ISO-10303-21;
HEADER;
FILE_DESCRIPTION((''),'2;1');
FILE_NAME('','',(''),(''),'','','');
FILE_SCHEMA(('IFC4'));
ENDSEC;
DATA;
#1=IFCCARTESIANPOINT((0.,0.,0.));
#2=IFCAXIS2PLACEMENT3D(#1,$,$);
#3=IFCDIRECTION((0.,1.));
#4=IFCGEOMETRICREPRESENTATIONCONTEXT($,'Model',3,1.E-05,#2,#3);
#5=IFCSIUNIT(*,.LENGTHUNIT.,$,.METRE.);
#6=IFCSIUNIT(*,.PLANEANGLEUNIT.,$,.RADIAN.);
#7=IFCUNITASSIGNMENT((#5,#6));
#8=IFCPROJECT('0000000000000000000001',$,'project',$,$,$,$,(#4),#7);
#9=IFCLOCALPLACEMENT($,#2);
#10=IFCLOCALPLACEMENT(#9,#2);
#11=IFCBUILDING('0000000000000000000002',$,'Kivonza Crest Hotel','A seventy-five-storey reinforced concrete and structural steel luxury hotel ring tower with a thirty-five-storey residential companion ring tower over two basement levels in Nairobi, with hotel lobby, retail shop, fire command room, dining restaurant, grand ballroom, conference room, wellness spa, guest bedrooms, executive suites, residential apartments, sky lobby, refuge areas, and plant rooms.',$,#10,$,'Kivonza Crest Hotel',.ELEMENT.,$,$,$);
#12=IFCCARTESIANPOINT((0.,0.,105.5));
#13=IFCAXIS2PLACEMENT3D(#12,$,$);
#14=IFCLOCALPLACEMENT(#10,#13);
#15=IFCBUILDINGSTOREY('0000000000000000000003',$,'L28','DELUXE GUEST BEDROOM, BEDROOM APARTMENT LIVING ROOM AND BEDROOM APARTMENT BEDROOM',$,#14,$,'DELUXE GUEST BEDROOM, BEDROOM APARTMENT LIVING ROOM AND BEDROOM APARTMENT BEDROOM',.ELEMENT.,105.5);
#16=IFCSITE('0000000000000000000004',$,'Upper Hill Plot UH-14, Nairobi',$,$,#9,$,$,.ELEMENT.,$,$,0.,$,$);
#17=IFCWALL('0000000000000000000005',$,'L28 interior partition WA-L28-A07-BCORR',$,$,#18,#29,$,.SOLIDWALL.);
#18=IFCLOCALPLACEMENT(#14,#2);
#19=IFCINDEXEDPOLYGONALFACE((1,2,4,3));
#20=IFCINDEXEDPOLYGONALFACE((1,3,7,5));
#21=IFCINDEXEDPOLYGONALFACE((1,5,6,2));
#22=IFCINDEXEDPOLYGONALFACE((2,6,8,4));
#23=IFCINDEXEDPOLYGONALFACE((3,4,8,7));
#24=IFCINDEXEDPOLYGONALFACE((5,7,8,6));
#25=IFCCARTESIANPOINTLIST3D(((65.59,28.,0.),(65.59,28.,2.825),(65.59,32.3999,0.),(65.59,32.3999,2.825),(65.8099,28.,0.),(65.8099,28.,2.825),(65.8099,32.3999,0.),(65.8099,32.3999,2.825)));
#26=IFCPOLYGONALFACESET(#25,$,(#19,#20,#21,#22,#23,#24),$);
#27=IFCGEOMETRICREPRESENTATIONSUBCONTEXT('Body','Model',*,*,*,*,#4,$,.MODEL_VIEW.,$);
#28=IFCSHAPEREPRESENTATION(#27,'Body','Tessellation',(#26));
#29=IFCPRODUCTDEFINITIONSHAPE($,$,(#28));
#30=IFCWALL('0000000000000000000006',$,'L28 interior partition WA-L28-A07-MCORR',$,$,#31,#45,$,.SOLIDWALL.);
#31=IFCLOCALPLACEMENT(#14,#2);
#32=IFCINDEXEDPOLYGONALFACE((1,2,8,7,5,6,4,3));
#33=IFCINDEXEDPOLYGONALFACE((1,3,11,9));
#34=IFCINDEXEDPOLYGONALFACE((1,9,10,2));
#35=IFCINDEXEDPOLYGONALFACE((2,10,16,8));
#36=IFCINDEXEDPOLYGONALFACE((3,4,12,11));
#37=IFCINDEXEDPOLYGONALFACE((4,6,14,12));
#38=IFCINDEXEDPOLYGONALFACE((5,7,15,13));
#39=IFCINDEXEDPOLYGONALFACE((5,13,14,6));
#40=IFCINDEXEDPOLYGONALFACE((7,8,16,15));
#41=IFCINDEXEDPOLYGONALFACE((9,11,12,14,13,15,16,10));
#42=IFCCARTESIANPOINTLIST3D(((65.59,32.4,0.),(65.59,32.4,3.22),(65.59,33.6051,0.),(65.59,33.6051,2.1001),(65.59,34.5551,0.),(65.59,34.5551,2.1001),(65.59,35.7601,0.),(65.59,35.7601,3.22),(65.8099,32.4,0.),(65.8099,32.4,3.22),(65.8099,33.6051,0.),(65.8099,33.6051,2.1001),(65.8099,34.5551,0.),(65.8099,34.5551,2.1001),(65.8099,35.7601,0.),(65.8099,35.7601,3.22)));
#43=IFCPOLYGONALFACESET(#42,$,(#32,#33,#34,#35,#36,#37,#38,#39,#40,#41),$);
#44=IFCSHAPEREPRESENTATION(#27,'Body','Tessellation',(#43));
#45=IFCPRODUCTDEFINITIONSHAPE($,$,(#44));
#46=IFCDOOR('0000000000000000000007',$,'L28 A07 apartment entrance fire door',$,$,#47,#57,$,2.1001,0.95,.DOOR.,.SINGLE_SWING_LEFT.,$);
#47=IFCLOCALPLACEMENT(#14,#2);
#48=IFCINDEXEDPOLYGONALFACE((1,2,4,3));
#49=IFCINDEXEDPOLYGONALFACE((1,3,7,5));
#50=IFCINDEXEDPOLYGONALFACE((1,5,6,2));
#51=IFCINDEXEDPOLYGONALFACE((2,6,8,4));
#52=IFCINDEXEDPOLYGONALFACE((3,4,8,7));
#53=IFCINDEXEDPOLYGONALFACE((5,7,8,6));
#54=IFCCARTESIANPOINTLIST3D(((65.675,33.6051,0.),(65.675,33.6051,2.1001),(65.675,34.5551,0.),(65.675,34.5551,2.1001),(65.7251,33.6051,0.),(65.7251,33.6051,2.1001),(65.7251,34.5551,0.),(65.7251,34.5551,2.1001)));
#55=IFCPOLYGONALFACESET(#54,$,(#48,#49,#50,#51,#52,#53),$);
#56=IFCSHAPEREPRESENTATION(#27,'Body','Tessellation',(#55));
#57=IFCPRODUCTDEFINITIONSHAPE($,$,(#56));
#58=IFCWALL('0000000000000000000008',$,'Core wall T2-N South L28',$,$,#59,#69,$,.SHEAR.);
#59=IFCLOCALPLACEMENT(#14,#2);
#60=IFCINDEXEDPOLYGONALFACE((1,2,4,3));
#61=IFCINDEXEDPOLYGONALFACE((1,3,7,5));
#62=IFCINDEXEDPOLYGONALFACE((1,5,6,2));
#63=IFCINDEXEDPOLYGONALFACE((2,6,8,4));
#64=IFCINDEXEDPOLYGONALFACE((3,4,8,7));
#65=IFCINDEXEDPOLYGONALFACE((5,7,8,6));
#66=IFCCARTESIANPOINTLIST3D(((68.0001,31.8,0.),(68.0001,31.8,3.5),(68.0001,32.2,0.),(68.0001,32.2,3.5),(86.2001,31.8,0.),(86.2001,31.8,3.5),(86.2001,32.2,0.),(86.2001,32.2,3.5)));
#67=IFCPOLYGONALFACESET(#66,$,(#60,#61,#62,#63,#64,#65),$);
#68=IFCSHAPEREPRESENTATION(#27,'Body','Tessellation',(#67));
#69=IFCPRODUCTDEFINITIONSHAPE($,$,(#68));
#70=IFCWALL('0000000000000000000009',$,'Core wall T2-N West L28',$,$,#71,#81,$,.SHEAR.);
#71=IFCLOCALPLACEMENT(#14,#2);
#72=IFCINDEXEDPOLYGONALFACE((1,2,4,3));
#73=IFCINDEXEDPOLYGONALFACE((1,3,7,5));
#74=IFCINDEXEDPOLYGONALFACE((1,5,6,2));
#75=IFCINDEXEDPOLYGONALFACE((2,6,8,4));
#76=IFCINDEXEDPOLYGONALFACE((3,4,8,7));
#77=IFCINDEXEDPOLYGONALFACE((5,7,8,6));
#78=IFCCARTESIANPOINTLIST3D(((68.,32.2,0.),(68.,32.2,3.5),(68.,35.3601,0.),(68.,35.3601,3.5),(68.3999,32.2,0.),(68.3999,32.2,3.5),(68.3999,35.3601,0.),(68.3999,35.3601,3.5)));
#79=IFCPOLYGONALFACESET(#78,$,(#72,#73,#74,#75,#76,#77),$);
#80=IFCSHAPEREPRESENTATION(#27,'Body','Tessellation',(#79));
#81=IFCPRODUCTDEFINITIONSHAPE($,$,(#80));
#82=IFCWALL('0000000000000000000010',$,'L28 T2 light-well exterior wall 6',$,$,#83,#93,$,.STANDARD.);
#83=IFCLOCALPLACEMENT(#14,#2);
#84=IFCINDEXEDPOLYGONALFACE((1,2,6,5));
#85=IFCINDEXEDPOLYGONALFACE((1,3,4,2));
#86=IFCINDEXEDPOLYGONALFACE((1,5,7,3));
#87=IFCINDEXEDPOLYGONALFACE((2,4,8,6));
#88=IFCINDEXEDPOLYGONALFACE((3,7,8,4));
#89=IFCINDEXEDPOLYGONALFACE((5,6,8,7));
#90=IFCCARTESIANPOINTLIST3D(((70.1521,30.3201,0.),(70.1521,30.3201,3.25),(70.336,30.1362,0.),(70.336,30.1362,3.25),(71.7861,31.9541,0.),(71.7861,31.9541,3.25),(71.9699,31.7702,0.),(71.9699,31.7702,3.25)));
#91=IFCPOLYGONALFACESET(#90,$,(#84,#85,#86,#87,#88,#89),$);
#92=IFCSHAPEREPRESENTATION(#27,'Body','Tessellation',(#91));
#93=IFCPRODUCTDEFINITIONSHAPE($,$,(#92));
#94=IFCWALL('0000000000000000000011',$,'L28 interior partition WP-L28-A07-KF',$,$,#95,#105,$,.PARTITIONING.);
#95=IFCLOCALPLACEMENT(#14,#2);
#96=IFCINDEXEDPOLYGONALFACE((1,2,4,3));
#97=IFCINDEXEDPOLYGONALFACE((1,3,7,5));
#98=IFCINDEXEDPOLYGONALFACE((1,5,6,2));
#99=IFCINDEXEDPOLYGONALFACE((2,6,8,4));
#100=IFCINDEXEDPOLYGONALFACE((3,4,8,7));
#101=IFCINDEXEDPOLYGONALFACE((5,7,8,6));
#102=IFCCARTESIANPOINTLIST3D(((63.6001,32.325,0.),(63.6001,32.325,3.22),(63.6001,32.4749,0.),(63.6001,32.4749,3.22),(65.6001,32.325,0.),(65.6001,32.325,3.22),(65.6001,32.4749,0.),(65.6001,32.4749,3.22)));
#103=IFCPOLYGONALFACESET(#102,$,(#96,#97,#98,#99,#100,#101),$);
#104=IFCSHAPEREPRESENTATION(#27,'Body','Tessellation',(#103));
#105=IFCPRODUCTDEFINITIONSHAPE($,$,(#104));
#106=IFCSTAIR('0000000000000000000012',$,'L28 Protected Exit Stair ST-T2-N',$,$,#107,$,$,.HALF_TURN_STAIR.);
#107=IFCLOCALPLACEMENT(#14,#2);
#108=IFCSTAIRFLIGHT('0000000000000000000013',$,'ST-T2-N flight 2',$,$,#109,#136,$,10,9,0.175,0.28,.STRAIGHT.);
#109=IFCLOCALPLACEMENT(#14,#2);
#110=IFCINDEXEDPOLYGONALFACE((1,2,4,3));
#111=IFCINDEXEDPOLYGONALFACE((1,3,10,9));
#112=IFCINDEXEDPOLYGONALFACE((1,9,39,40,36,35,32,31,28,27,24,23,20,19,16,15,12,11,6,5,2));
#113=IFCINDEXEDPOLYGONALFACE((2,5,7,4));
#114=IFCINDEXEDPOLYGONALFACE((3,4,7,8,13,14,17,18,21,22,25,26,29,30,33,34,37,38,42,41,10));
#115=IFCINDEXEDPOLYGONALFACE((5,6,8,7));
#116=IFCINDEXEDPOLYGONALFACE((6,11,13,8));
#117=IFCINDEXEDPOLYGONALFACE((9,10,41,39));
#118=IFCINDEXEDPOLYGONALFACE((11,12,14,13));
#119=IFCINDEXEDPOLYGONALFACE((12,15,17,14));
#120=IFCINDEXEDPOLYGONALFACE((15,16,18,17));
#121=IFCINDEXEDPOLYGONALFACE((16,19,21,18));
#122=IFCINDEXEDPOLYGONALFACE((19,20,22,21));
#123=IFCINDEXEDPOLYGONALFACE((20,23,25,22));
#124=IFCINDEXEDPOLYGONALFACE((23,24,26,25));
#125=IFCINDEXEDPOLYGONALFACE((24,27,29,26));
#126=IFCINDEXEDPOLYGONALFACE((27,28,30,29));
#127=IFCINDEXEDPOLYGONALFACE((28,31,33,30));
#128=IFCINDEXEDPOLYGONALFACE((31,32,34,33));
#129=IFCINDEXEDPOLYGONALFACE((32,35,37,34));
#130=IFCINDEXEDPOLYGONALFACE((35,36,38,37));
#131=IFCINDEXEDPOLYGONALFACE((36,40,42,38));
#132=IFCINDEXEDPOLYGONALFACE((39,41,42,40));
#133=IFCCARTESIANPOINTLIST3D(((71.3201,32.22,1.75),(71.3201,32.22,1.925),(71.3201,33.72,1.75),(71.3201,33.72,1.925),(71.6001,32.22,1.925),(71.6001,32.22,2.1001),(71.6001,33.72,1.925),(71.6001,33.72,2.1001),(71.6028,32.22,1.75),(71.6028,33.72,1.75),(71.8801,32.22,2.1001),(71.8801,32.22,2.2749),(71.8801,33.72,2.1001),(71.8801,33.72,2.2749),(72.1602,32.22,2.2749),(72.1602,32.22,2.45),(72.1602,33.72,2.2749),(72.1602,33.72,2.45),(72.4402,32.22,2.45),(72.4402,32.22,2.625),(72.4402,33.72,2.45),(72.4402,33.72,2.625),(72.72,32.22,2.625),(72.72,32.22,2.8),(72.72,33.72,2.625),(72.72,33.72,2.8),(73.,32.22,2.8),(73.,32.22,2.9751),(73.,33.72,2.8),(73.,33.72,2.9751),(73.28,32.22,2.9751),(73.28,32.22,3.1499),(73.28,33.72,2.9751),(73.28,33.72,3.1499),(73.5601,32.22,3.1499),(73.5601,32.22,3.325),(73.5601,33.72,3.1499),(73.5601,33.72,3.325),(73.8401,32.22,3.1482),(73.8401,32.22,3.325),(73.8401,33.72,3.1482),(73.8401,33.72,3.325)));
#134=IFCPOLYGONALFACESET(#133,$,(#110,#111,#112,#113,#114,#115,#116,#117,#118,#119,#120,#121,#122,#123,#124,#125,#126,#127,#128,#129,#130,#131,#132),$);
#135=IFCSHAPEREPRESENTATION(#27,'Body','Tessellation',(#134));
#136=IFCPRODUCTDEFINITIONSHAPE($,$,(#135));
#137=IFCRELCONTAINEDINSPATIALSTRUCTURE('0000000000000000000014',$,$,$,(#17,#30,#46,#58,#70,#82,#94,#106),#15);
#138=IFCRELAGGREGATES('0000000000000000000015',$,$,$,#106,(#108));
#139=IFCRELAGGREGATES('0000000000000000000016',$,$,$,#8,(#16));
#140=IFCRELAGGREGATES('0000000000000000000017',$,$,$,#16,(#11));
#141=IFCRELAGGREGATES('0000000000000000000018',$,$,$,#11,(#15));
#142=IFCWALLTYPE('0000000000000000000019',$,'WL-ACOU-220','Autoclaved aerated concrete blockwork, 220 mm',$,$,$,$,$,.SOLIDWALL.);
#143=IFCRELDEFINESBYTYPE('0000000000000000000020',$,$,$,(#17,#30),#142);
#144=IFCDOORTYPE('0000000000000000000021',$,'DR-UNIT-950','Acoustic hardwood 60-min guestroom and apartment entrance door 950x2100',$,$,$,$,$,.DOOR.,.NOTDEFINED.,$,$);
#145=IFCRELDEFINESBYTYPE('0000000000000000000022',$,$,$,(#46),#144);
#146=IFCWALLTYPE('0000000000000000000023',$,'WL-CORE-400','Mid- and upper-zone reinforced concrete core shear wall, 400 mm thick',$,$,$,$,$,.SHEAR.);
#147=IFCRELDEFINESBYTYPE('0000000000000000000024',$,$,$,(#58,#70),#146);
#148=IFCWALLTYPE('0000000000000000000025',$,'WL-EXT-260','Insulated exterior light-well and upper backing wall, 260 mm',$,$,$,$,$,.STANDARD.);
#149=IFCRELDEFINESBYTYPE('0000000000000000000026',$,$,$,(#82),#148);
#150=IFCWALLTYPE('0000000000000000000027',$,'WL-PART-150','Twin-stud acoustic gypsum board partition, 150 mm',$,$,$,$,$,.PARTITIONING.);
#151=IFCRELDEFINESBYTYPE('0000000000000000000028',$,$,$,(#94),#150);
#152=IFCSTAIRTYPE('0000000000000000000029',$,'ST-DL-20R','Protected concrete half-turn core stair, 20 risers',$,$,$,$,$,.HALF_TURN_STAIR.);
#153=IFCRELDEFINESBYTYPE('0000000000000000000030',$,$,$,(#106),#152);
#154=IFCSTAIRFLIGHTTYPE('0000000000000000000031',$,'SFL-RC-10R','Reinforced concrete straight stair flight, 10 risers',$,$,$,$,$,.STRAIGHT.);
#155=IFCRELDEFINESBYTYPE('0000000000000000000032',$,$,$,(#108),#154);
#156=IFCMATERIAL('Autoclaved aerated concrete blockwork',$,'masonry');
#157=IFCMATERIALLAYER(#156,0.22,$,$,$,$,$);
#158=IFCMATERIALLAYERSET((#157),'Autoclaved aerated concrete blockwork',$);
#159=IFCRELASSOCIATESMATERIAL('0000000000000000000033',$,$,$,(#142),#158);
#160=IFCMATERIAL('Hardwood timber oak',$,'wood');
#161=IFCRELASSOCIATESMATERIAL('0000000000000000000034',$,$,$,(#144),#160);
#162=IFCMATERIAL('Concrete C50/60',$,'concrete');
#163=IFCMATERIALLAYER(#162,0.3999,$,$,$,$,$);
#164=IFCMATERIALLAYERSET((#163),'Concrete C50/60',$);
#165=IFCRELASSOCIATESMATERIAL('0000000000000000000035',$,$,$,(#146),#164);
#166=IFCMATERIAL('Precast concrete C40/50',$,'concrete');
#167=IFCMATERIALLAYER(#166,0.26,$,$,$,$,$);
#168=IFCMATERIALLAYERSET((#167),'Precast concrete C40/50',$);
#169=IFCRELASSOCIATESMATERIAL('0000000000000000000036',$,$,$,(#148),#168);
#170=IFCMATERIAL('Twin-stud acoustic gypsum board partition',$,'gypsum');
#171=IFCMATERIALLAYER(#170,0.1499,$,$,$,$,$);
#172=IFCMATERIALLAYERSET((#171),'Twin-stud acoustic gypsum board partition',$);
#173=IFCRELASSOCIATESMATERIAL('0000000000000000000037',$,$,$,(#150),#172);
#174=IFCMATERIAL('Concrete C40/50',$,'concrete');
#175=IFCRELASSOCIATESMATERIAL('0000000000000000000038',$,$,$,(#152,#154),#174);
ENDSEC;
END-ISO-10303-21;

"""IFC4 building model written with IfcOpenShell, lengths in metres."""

from ifc_helpers import new_model, si_unit, direction, frame, frame_2d, origin, place, context, subcontext, project, spatial, polyline, rectangle, outline, extrude, material, layer, layer_set, type_object, element, fill, aggregate, save


model = new_model("IFC4")

# Units and contexts
model_context = context("Model", 3, precision=1e-05, world=origin(), true_north=direction((0.0, 1.0)))
body_context = subcontext(model_context, "Body", "Model", "MODEL_VIEW")
ifc_project = project(units=[si_unit("LENGTHUNIT", "METRE"), si_unit("PLANEANGLEUNIT", "RADIAN")], contexts=[model_context])

# Site, building, storey
site_placement = place(None, origin())
site = spatial("IfcSite", under=ifc_project, at=site_placement, Name="Upper Hill Plot UH-14, Nairobi", CompositionType="ELEMENT", RefElevation=0.0)
building_placement = place(site_placement, origin())
building = spatial("IfcBuilding", under=site, at=building_placement, Name="Kivonza Crest Hotel", Description="A seventy-five-storey reinforced concrete and structural steel luxury hotel ring tower with a thirty-five-storey residential companion ring tower over two basement levels in Nairobi, with hotel lobby, retail shop, fire command room, dining restaurant, grand ballroom, conference room, wellness spa, guest bedrooms, executive suites, residential apartments, sky lobby, refuge areas, and plant rooms.", LongName="Kivonza Crest Hotel", CompositionType="ELEMENT")
storey_placement = place(building_placement, frame((0.0, 0.0, 105.5)))
storey = spatial("IfcBuildingStorey", under=building, at=storey_placement, Name="L28", Description="DELUXE GUEST BEDROOM, BEDROOM APARTMENT LIVING ROOM AND BEDROOM APARTMENT BEDROOM", LongName="DELUXE GUEST BEDROOM, BEDROOM APARTMENT LIVING ROOM AND BEDROOM APARTMENT BEDROOM", CompositionType="ELEMENT", Elevation=105.5)

# Shared definitions
ifc_material_1 = material(Name="Concrete C50/60", Category="concrete")

# Wall
ifc_material_2 = material(Name="Autoclaved aerated concrete blockwork", Category="masonry")
ifc_layer_1 = layer(ifc_material_2, 0.22)
ifc_layer_set_1 = layer_set([ifc_layer_1], Name="Autoclaved aerated concrete blockwork")
wall_type_1 = type_object("IfcWallType", Name="WL-ACOU-220", Description="Autoclaved aerated concrete blockwork, 220 mm", PredefinedType="SOLIDWALL", material=ifc_layer_set_1)
wall_1_placement = place(storey_placement, frame((65.7, 28.0, 0.0), z_axis=(0.0, 0.0, 1.0), x_axis=(0.0, 1.0, 0.0)))
element("IfcWall", 1, at=wall_1_placement, inside=storey, type_object=wall_type_1, Name="L28 interior partition WA-L28-A07-BCORR", PredefinedType="SOLIDWALL", context=body_context, shape_type="SweptSolid", body=[
    extrude(rectangle(XDim=4.3999, YDim=0.22, at=frame_2d((2.2, 0.0))), origin(), (0.0, 0.0, 1.0), 2.825),
])

# Wall, opening, door
wall_2_placement = place(storey_placement, frame((65.7, 32.3999, 0.0), z_axis=(0.0, 0.0, 1.0), x_axis=(0.0, 1.0, 0.0)))
wall_2 = element("IfcWall", 2, at=wall_2_placement, inside=storey, type_object=wall_type_1, Name="L28 interior partition WA-L28-A07-MCORR", PredefinedType="SOLIDWALL", context=body_context, shape_type="SweptSolid", body=[
    extrude(rectangle(XDim=3.3601, YDim=0.22, at=frame_2d((1.6802, 0.0))), origin(), (0.0, 0.0, 1.0), 3.22),
])
opening_placement = place(wall_2_placement, frame((1.2051, 0.0, 0.0)))
opening = element("IfcOpeningElement", 3, at=opening_placement, cuts=wall_2, PredefinedType="OPENING", context=body_context, shape_type="SweptSolid", body=[
    extrude(rectangle(XDim=0.95, YDim=2.1001, at=frame_2d((0.4751, 1.05))), frame((0.0, 0.1201, 0.0), z_axis=(0.0, -1.0, 0.0), x_axis=(1.0, 0.0, 0.0)), (0.0, 0.0, 1.0), 0.24),
])
ifc_material_3 = material(Name="Hardwood timber oak", Category="wood")
door_type = type_object("IfcDoorType", Name="DR-UNIT-950", Description="Acoustic hardwood 60-min guestroom and apartment entrance door 950x2100", OperationType="NOTDEFINED", PredefinedType="DOOR", material=ifc_material_3)
door_placement = place(opening_placement, origin())
door = element("IfcDoor", 4, at=door_placement, inside=storey, type_object=door_type, Name="L28 A07 apartment entrance fire door", OperationType="SINGLE_SWING_LEFT", OverallHeight=2.1001, OverallWidth=0.95, PredefinedType="DOOR", context=body_context, shape_type="SweptSolid", body=[
    extrude(rectangle(XDim=0.95, YDim=2.1001, at=frame_2d((0.4751, 1.05))), frame((0.0, 0.0249, 0.0), z_axis=(0.0, -1.0, 0.0), x_axis=(1.0, 0.0, 0.0)), (0.0, 0.0, 1.0), 0.05),
])
fill(opening, door)

# Walls
ifc_layer_2 = layer(ifc_material_1, 0.3999)
ifc_layer_set_2 = layer_set([ifc_layer_2], Name="Concrete C50/60")
wall_type_2 = type_object("IfcWallType", Name="WL-CORE-400", Description="Mid- and upper-zone reinforced concrete core shear wall, 400 mm thick", PredefinedType="SHEAR", material=ifc_layer_set_2)
wall_3_placement = place(storey_placement, frame((68.0, 32.0, 0.0), z_axis=(0.0, 0.0, 1.0), x_axis=(1.0, 0.0, 0.0)))
element("IfcWall", 5, at=wall_3_placement, inside=storey, type_object=wall_type_2, Name="Core wall T2-N South L28", PredefinedType="SHEAR", context=body_context, shape_type="SweptSolid", body=[
    extrude(rectangle(XDim=18.2, YDim=0.3999, at=frame_2d((9.1001, 0.0))), origin(), (0.0, 0.0, 1.0), 3.5),
])
wall_4_placement = place(storey_placement, frame((68.2, 32.2, 0.0), z_axis=(0.0, 0.0, 1.0), x_axis=(0.0, 1.0, 0.0)))
element("IfcWall", 6, at=wall_4_placement, inside=storey, type_object=wall_type_2, Name="Core wall T2-N West L28", PredefinedType="SHEAR", context=body_context, shape_type="SweptSolid", body=[
    extrude(rectangle(XDim=3.1602, YDim=0.3999, at=frame_2d((1.5801, 0.0))), origin(), (0.0, 0.0, 1.0), 3.5),
])
ifc_material_4 = material(Name="Precast concrete C40/50", Category="concrete")
ifc_layer_3 = layer(ifc_material_4, 0.26)
ifc_layer_set_3 = layer_set([ifc_layer_3], Name="Precast concrete C40/50")
wall_type_3 = type_object("IfcWallType", Name="WL-EXT-260", Description="Insulated exterior light-well and upper backing wall, 260 mm", PredefinedType="STANDARD", material=ifc_layer_set_3)
wall_5_placement = place(storey_placement, frame((71.8779, 31.8621, 0.0), z_axis=(0.0, 0.0, 1.0), x_axis=(-0.707107, -0.707107, 0.0)))
element("IfcWall", 7, at=wall_5_placement, inside=storey, type_object=wall_type_3, Name="L28 T2 light-well exterior wall 6", PredefinedType="STANDARD", context=body_context, shape_type="SweptSolid", body=[
    extrude(rectangle(XDim=2.3108, YDim=0.26, at=frame_2d((1.1553, 0.0))), origin(), (0.0, 0.0, 1.0), 3.25),
])
ifc_material_5 = material(Name="Twin-stud acoustic gypsum board partition", Category="gypsum")
ifc_layer_4 = layer(ifc_material_5, 0.1499)
ifc_layer_set_4 = layer_set([ifc_layer_4], Name="Twin-stud acoustic gypsum board partition")
wall_type_4 = type_object("IfcWallType", Name="WL-PART-150", Description="Twin-stud acoustic gypsum board partition, 150 mm", PredefinedType="PARTITIONING", material=ifc_layer_set_4)
wall_6_placement = place(storey_placement, frame((63.6001, 32.3999, 0.0), z_axis=(0.0, 0.0, 1.0), x_axis=(1.0, 0.0, 0.0)))
element("IfcWall", 8, at=wall_6_placement, inside=storey, type_object=wall_type_4, Name="L28 interior partition WP-L28-A07-KF", PredefinedType="PARTITIONING", context=body_context, shape_type="SweptSolid", body=[
    extrude(rectangle(XDim=2.0, YDim=0.1499, at=frame_2d((1.0, 0.0))), origin(), (0.0, 0.0, 1.0), 3.22),
])

# Stair, stair flight
ifc_material_6 = material(Name="Concrete C40/50", Category="concrete")
stair_type = type_object("IfcStairType", Name="ST-DL-20R", Description="Protected concrete half-turn core stair, 20 risers", PredefinedType="HALF_TURN_STAIR", material=ifc_material_6)
stair_placement = place(storey_placement, origin())
stair = element("IfcStair", 9, at=stair_placement, inside=storey, type_object=stair_type, Name="L28 Protected Exit Stair ST-T2-N", PredefinedType="HALF_TURN_STAIR")
stair_flight_type = type_object("IfcStairFlightType", Name="SFL-RC-10R", Description="Reinforced concrete straight stair flight, 10 risers", PredefinedType="STRAIGHT", material=ifc_material_6)
stair_flight_placement = place(storey_placement, frame((71.3201, 32.97, 1.75), z_axis=(0.0, 0.0, 1.0), x_axis=(1.0, 0.0, 0.0)))
stair_flight = element("IfcStairFlight", 10, at=stair_flight_placement, type_object=stair_flight_type, Name="ST-T2-N flight 2", NumberOfRisers=10, NumberOfTreads=9, PredefinedType="STRAIGHT", RiserHeight=0.175, TreadLength=0.28, context=body_context, shape_type="SweptSolid", body=[
    extrude(outline(polyline([(0.0, 0.0), (0.0, 0.175), (0.28, 0.175), (0.28, 0.3501), (0.5601, 0.3501), (0.5601, 0.5249), (0.8401, 0.5249), (0.8401, 0.7), (1.1201, 0.7), (1.1201, 0.875), (1.3999, 0.875), (1.3999, 1.05), (1.6799, 1.05), (1.6799, 1.2251), (1.96, 1.2251), (1.96, 1.3999), (2.24, 1.3999), (2.24, 1.575), (2.52, 1.575), (2.52, 1.75), (2.52, 1.3982), (0.2827, 0.0), (0.0, 0.0)])), frame((0.0, 0.75, 0.0), z_axis=(0.0, -1.0, 0.0), x_axis=(1.0, 0.0, 0.0)), (0.0, 0.0, 1.0), 1.5),
])
aggregate(stair, [stair_flight])

save(model, "model.ifc")
